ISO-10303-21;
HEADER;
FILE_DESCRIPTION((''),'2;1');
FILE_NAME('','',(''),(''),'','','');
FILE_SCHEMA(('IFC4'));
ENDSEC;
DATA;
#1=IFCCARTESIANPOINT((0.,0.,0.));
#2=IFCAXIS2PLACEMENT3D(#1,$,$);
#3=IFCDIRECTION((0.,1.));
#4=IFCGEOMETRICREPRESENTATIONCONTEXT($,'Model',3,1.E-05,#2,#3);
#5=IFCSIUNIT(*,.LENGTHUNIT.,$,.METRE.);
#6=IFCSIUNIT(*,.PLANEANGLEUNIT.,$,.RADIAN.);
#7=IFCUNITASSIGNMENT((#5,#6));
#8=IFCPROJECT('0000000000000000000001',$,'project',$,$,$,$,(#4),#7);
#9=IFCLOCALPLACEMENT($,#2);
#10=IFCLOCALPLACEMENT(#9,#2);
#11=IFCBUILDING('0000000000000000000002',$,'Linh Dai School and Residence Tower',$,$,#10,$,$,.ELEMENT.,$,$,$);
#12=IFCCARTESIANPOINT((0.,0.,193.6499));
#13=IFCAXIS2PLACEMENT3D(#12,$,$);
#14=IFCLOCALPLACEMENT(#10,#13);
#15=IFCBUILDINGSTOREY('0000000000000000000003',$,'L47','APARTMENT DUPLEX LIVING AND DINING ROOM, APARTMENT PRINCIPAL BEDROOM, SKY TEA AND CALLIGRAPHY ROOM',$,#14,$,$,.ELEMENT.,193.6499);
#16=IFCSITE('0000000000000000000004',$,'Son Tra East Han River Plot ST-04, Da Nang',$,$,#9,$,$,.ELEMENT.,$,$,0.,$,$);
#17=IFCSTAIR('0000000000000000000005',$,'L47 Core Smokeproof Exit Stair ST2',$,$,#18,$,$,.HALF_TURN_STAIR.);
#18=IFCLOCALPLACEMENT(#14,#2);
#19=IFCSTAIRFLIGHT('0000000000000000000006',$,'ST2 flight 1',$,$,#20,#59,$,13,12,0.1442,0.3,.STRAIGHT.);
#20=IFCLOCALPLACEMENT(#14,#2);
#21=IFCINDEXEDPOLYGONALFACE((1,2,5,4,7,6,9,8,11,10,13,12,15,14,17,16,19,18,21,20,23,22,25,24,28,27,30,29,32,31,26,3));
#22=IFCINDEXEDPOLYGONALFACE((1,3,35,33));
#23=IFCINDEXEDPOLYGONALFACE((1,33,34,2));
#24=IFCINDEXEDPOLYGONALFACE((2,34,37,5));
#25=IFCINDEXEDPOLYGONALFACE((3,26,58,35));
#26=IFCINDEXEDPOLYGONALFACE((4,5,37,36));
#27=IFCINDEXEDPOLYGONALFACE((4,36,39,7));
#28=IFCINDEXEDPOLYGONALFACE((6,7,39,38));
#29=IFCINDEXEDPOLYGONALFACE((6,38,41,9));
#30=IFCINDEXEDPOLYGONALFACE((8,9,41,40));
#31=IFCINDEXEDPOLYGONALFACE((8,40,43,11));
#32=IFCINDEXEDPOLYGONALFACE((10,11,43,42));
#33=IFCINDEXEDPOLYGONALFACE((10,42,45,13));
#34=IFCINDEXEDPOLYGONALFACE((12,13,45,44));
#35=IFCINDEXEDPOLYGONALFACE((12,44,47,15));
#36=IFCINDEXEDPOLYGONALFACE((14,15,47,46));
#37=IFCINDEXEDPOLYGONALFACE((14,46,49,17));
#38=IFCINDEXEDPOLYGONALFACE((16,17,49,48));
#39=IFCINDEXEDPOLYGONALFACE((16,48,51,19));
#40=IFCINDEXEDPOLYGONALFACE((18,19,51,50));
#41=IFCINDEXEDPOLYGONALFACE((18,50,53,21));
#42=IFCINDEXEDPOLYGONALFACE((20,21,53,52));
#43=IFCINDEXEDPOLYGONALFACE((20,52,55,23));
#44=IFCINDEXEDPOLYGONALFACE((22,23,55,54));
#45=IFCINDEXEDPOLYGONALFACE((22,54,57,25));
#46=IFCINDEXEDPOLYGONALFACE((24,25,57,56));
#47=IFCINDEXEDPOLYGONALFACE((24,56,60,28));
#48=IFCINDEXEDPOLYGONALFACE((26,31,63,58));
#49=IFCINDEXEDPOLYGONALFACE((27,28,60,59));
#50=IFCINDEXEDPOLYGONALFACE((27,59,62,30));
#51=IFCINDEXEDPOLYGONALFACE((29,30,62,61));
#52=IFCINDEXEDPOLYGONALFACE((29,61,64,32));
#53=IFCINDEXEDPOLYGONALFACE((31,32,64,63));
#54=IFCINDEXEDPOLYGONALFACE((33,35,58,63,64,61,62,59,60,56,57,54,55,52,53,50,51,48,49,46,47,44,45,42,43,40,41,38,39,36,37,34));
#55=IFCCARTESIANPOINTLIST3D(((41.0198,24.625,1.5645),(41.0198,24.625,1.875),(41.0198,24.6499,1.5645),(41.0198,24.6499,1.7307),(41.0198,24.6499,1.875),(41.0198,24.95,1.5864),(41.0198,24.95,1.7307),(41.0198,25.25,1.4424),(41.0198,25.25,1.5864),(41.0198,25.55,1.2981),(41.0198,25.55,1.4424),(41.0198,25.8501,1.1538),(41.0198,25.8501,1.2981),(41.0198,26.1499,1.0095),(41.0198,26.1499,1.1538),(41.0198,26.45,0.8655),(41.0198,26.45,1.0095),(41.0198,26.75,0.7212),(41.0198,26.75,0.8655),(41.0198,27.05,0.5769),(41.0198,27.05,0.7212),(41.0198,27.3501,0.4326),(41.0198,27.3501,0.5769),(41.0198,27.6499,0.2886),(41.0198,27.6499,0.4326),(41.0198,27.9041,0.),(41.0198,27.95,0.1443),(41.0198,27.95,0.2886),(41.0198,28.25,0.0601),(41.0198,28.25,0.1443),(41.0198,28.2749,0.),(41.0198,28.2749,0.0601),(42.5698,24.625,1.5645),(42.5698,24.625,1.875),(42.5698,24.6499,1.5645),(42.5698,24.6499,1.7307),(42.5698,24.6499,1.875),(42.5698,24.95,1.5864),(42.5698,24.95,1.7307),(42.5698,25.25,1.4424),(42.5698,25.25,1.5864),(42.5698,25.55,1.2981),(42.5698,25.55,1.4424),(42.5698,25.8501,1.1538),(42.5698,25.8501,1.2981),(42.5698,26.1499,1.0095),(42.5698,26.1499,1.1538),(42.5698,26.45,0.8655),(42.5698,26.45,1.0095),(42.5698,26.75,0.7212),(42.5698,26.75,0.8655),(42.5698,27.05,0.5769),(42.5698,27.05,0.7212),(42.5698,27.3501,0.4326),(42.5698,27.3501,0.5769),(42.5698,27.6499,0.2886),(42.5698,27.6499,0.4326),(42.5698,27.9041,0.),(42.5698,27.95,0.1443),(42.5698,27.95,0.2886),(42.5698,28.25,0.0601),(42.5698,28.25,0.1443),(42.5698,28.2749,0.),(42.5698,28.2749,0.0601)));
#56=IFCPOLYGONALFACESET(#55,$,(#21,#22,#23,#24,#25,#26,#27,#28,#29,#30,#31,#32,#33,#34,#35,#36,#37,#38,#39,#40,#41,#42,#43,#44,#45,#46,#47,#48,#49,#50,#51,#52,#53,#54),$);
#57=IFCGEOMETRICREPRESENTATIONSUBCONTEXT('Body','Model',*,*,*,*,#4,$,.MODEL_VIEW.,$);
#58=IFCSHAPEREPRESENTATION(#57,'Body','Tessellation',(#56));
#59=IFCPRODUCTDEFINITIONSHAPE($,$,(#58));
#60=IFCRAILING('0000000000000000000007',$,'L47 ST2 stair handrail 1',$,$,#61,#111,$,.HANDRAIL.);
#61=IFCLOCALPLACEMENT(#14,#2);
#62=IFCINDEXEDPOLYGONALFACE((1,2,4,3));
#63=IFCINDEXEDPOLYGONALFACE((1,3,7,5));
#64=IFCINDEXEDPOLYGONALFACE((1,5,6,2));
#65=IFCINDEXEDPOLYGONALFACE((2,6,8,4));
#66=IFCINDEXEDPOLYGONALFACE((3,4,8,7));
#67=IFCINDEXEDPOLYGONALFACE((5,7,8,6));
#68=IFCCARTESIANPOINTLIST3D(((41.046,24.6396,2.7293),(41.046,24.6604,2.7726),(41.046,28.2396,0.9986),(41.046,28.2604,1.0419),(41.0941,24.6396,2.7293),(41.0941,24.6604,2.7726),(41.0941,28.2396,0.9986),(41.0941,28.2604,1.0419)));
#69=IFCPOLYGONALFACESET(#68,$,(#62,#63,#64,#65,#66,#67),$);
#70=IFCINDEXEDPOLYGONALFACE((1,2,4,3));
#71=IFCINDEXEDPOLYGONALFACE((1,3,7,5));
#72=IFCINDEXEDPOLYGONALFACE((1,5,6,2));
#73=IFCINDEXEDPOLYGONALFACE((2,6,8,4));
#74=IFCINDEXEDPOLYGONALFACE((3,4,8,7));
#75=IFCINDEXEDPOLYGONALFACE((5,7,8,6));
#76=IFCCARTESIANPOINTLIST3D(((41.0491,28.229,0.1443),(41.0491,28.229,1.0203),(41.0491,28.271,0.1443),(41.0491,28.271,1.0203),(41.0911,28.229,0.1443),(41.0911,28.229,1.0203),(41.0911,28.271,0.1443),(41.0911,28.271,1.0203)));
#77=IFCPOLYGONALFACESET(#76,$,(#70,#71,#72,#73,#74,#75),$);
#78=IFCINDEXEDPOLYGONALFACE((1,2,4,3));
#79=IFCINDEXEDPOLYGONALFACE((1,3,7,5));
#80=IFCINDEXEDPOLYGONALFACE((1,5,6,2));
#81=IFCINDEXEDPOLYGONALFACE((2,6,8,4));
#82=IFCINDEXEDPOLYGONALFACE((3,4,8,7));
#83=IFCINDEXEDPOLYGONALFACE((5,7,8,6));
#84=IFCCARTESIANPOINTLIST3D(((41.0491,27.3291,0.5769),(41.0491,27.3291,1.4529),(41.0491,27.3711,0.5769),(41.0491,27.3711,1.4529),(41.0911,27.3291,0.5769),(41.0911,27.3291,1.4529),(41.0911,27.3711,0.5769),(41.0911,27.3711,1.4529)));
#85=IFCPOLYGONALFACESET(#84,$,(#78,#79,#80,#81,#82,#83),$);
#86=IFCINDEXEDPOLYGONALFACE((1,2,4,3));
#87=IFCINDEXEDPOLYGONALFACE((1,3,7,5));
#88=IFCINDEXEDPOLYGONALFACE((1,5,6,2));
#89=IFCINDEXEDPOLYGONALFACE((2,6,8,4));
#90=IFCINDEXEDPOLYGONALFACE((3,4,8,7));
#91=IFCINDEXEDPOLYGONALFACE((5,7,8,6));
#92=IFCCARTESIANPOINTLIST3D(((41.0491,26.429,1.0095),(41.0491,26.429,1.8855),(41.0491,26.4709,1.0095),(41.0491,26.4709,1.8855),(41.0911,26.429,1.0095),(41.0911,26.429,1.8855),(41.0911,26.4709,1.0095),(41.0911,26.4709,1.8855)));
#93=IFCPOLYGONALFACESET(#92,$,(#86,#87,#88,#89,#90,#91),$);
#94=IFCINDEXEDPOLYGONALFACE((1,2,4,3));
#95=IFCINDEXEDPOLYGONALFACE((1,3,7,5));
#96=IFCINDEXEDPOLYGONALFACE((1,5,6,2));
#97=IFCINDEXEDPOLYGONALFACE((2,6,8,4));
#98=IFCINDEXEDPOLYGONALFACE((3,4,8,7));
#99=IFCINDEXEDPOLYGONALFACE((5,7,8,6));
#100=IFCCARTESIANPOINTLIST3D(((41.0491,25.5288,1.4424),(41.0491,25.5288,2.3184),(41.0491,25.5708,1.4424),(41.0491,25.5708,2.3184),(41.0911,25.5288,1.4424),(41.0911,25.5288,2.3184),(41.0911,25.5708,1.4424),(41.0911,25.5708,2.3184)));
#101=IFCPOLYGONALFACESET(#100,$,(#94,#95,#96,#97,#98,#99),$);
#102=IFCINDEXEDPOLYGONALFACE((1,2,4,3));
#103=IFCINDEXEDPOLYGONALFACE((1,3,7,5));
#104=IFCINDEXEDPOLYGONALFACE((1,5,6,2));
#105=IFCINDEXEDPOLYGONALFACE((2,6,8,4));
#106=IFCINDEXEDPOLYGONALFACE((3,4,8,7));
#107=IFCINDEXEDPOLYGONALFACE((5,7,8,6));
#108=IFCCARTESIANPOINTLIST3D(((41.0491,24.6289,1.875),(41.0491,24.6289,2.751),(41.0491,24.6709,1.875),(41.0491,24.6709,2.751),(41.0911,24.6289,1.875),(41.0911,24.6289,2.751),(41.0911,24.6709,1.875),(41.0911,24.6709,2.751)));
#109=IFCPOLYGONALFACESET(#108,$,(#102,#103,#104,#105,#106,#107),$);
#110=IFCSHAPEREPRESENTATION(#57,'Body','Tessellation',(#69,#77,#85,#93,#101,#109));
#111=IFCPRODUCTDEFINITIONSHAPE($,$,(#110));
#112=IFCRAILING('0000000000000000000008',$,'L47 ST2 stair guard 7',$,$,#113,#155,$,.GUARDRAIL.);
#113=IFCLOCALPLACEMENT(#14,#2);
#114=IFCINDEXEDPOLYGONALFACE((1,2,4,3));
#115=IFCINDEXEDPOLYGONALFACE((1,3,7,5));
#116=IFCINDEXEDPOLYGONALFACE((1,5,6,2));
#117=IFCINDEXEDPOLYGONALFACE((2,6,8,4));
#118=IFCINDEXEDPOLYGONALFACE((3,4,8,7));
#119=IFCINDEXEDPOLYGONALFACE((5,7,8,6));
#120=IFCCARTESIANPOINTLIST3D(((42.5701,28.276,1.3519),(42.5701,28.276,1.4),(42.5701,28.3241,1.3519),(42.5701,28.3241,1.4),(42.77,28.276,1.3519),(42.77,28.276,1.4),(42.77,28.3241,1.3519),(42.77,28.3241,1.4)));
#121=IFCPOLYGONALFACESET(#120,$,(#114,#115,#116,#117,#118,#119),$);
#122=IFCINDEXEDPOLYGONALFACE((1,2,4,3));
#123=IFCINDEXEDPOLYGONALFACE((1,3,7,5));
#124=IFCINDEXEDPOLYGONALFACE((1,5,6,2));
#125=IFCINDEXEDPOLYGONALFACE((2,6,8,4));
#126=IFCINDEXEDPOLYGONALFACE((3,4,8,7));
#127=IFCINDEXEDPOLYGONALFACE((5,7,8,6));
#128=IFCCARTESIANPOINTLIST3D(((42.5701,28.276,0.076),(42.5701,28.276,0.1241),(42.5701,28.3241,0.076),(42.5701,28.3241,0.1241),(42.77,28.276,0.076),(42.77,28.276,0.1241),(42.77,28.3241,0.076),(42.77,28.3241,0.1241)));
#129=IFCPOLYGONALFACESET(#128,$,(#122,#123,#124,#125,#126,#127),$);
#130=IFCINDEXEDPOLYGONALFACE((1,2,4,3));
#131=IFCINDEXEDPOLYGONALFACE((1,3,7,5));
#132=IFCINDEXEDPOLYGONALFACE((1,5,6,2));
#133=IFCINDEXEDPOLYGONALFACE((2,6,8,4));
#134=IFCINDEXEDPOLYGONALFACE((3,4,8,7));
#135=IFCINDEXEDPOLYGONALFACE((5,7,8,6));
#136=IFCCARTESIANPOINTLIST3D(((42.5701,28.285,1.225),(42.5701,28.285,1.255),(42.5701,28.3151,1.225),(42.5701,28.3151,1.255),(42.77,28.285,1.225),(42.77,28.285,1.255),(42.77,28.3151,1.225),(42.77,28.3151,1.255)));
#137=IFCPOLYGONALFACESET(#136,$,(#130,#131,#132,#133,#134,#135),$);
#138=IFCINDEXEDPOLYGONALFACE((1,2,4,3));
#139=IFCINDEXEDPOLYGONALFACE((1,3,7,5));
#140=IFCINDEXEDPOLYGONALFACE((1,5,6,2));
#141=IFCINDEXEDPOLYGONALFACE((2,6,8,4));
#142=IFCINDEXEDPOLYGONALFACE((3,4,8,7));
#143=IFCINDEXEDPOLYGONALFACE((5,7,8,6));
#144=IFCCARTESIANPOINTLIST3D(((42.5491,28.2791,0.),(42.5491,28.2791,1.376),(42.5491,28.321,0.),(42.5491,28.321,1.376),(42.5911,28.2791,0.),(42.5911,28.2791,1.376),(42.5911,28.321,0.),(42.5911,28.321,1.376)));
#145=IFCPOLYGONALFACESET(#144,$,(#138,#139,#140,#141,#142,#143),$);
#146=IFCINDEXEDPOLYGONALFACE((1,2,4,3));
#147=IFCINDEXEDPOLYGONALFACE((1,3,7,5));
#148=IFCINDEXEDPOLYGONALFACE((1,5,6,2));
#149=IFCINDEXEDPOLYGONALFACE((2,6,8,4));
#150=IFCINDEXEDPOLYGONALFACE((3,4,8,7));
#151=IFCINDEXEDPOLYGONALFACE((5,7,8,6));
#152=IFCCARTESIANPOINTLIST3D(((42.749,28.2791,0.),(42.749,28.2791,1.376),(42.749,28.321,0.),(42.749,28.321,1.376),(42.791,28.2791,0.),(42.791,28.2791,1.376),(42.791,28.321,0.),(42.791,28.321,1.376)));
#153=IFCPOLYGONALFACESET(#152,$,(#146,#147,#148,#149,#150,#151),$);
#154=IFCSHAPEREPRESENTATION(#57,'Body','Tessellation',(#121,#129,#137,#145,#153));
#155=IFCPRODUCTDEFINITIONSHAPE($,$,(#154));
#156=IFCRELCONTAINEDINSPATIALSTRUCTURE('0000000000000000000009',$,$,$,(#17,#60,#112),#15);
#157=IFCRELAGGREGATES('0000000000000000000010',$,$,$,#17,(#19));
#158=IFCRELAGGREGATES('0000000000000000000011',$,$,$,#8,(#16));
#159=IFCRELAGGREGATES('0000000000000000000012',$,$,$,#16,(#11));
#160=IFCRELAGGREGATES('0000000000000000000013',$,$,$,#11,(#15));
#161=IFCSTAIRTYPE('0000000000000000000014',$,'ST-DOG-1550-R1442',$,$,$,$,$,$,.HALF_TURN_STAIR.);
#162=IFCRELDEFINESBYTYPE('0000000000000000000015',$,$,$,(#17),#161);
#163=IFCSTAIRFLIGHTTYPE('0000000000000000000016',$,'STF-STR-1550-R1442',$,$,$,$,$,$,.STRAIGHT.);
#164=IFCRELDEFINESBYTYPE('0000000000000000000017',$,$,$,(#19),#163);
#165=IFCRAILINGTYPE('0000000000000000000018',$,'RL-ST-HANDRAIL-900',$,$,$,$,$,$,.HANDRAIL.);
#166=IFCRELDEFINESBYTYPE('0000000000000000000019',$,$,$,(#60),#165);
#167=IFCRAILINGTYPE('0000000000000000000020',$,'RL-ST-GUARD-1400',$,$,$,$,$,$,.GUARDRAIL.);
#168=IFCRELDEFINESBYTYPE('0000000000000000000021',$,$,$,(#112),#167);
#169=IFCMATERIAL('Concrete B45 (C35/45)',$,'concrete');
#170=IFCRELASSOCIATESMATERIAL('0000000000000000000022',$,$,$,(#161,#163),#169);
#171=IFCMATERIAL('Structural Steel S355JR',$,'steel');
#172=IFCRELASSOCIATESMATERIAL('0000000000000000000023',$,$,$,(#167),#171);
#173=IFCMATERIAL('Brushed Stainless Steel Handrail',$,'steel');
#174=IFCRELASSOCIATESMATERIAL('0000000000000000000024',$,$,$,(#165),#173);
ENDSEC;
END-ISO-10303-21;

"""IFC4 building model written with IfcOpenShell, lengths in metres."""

from ifc_helpers import new_model, si_unit, direction, frame, origin, origin_2d, place, context, subcontext, project, spatial, polyline, rectangle, outline, extrude, source, transform, mapped, material, type_object, element, aggregate, save


model = new_model("IFC4")

# Units and contexts
model_context = context("Model", 3, precision=1e-05, world=origin(), true_north=direction((0.0, 1.0)))
body_context = subcontext(model_context, "Body", "Model", "MODEL_VIEW")
ifc_project = project(units=[si_unit("LENGTHUNIT", "METRE"), si_unit("PLANEANGLEUNIT", "RADIAN")], contexts=[model_context])

# Site, building, storey
site_placement = place(None, origin())
site = spatial("IfcSite", under=ifc_project, at=site_placement, Name="Son Tra East Han River Plot ST-04, Da Nang", CompositionType="ELEMENT", RefElevation=0.0)
building_placement = place(site_placement, origin())
building = spatial("IfcBuilding", under=site, at=building_placement, Name="Linh Dai School and Residence Tower", CompositionType="ELEMENT")
storey_placement = place(building_placement, frame((0.0, 0.0, 193.6499)))
storey = spatial("IfcBuildingStorey", under=building, at=storey_placement, Name="L47", Description="APARTMENT DUPLEX LIVING AND DINING ROOM, APARTMENT PRINCIPAL BEDROOM, SKY TEA AND CALLIGRAPHY ROOM", CompositionType="ELEMENT", Elevation=193.6499)

# Shared definitions
ifc_material_1 = material(Name="Structural Steel S355JR", Category="steel")

# Shared definitions
ifc_material_2 = material(Name="Concrete B45 (C35/45)", Category="concrete")

# Stair, stair flight
stair_type = type_object("IfcStairType", Name="ST-DOG-1550-R1442", PredefinedType="HALF_TURN_STAIR", material=ifc_material_2)
stair_placement = place(storey_placement, origin())
stair = element("IfcStair", 1, at=stair_placement, inside=storey, type_object=stair_type, Name="L47 Core Smokeproof Exit Stair ST2", PredefinedType="HALF_TURN_STAIR")
stair_flight_type = type_object("IfcStairFlightType", Name="STF-STR-1550-R1442", PredefinedType="STRAIGHT", material=ifc_material_2)
shared_shape_1 = source(origin(), body_context, "Body", "SweptSolid", [
    extrude(outline(polyline([(-0.0249, 0.0), (-0.0249, 0.0601), (0.0, 0.0601), (0.0, 0.1443), (0.3, 0.1443), (0.3, 0.2886), (0.6001, 0.2886), (0.6001, 0.4326), (0.8999, 0.4326), (0.8999, 0.5769), (1.2, 0.5769), (1.2, 0.7212), (1.5, 0.7212), (1.5, 0.8655), (1.8, 0.8655), (1.8, 1.0095), (2.1001, 1.0095), (2.1001, 1.1538), (2.3999, 1.1538), (2.3999, 1.2981), (2.7, 1.2981), (2.7, 1.4424), (3.0, 1.4424), (3.0, 1.5864), (3.3, 1.5864), (3.3, 1.7307), (3.6001, 1.7307), (3.6001, 1.875), (3.625, 1.875), (3.625, 1.5645), (3.6001, 1.5645), (0.3459, 0.0), (-0.0249, 0.0)])), frame((0.0, 0.7749, 0.0), z_axis=(0.0, -1.0, 0.0), x_axis=(1.0, 0.0, 0.0)), (0.0, 0.0, 1.0), 1.55),
])
stair_flight_placement = place(storey_placement, frame((41.7949, 28.25, 0.0), z_axis=(0.0, 0.0, 1.0), x_axis=(0.0, -1.0, 0.0)))
stair_flight = element("IfcStairFlight", 2, at=stair_flight_placement, type_object=stair_flight_type, Name="ST2 flight 1", NumberOfRisers=13, NumberOfTreads=12, PredefinedType="STRAIGHT", RiserHeight=0.1442, TreadLength=0.3, context=body_context, shape_type="MappedRepresentation", body=[
    mapped(shared_shape_1, transform((0.0, 0.0, 0.0), x_axis=(1.0, 0.0, 0.0), y_axis=(0.0, 1.0, 0.0), z_axis=(0.0, 0.0, 1.0), scale=1.0)),
])
aggregate(stair, [stair_flight])

# Railings
railing_type_1 = type_object("IfcRailingType", Name="RL-ST-GUARD-1400", PredefinedType="GUARDRAIL", material=ifc_material_1)
ifc_material_3 = material(Name="Brushed Stainless Steel Handrail", Category="steel")
railing_type_2 = type_object("IfcRailingType", Name="RL-ST-HANDRAIL-900", PredefinedType="HANDRAIL", material=ifc_material_3)
shared_shape_2 = source(origin(), body_context, "Body", "SweptSolid", [
    extrude(rectangle(XDim=0.0481, YDim=0.0481, at=origin_2d()), frame((0.0, 0.0, 0.876), z_axis=(0.0, -0.901263, 0.433273), x_axis=(1.0, 0.0, 0.0)), (0.0, 0.0, 1.0), 3.9944),
    extrude(rectangle(XDim=0.042, YDim=0.042, at=origin_2d()), origin(), (0.0, 0.0, 1.0), 0.876),
    extrude(rectangle(XDim=0.042, YDim=0.042, at=origin_2d()), frame((0.0, -0.8999, 0.4326)), (0.0, 0.0, 1.0), 0.876),
    extrude(rectangle(XDim=0.042, YDim=0.042, at=origin_2d()), frame((0.0, -1.8, 0.8652)), (0.0, 0.0, 1.0), 0.876),
    extrude(rectangle(XDim=0.042, YDim=0.042, at=origin_2d()), frame((0.0, -2.7002, 1.2981)), (0.0, 0.0, 1.0), 0.876),
    extrude(rectangle(XDim=0.042, YDim=0.042, at=origin_2d()), frame((0.0, -3.6001, 1.7307)), (0.0, 0.0, 1.0), 0.876),
])
railing_1_placement = place(storey_placement, frame((41.0701, 28.25, 0.1443)))
element("IfcRailing", 3, at=railing_1_placement, inside=storey, type_object=railing_type_2, Name="L47 ST2 stair handrail 1", PredefinedType="HANDRAIL", context=body_context, shape_type="MappedRepresentation", body=[
    mapped(shared_shape_2, transform((0.0, 0.0, 0.0), x_axis=(1.0, 0.0, 0.0), y_axis=(0.0, 1.0, 0.0), z_axis=(0.0, 0.0, 1.0), scale=1.0)),
])
shared_shape_3 = source(origin(), body_context, "Body", "SweptSolid", [
    extrude(rectangle(XDim=0.0481, YDim=0.0481, at=origin_2d()), frame((0.0, 0.0, 1.376), z_axis=(1.0, 0.0, 0.0), x_axis=(0.0, 1.0, 0.0)), (0.0, 0.0, 1.0), 0.2),
    extrude(rectangle(XDim=0.0481, YDim=0.0481, at=origin_2d()), frame((0.0, 0.0, 0.1001), z_axis=(1.0, 0.0, 0.0), x_axis=(0.0, 1.0, 0.0)), (0.0, 0.0, 1.0), 0.2),
    extrude(rectangle(XDim=0.03, YDim=0.03, at=origin_2d()), frame((0.0, 0.0, 1.24), z_axis=(1.0, 0.0, 0.0), x_axis=(0.0, 1.0, 0.0)), (0.0, 0.0, 1.0), 0.2),
    extrude(rectangle(XDim=0.042, YDim=0.042, at=origin_2d()), origin(), (0.0, 0.0, 1.0), 1.376),
    extrude(rectangle(XDim=0.042, YDim=0.042, at=origin_2d()), frame((0.2, 0.0, 0.0)), (0.0, 0.0, 1.0), 1.376),
])
railing_2_placement = place(storey_placement, frame((42.5701, 28.3, 0.0)))
element("IfcRailing", 4, at=railing_2_placement, inside=storey, type_object=railing_type_1, Name="L47 ST2 stair guard 7", PredefinedType="GUARDRAIL", context=body_context, shape_type="MappedRepresentation", body=[
    mapped(shared_shape_3, transform((0.0, 0.0, 0.0), x_axis=(1.0, 0.0, 0.0), y_axis=(0.0, 1.0, 0.0), z_axis=(0.0, 0.0, 1.0), scale=1.0)),
])

save(model, "model.ifc")
